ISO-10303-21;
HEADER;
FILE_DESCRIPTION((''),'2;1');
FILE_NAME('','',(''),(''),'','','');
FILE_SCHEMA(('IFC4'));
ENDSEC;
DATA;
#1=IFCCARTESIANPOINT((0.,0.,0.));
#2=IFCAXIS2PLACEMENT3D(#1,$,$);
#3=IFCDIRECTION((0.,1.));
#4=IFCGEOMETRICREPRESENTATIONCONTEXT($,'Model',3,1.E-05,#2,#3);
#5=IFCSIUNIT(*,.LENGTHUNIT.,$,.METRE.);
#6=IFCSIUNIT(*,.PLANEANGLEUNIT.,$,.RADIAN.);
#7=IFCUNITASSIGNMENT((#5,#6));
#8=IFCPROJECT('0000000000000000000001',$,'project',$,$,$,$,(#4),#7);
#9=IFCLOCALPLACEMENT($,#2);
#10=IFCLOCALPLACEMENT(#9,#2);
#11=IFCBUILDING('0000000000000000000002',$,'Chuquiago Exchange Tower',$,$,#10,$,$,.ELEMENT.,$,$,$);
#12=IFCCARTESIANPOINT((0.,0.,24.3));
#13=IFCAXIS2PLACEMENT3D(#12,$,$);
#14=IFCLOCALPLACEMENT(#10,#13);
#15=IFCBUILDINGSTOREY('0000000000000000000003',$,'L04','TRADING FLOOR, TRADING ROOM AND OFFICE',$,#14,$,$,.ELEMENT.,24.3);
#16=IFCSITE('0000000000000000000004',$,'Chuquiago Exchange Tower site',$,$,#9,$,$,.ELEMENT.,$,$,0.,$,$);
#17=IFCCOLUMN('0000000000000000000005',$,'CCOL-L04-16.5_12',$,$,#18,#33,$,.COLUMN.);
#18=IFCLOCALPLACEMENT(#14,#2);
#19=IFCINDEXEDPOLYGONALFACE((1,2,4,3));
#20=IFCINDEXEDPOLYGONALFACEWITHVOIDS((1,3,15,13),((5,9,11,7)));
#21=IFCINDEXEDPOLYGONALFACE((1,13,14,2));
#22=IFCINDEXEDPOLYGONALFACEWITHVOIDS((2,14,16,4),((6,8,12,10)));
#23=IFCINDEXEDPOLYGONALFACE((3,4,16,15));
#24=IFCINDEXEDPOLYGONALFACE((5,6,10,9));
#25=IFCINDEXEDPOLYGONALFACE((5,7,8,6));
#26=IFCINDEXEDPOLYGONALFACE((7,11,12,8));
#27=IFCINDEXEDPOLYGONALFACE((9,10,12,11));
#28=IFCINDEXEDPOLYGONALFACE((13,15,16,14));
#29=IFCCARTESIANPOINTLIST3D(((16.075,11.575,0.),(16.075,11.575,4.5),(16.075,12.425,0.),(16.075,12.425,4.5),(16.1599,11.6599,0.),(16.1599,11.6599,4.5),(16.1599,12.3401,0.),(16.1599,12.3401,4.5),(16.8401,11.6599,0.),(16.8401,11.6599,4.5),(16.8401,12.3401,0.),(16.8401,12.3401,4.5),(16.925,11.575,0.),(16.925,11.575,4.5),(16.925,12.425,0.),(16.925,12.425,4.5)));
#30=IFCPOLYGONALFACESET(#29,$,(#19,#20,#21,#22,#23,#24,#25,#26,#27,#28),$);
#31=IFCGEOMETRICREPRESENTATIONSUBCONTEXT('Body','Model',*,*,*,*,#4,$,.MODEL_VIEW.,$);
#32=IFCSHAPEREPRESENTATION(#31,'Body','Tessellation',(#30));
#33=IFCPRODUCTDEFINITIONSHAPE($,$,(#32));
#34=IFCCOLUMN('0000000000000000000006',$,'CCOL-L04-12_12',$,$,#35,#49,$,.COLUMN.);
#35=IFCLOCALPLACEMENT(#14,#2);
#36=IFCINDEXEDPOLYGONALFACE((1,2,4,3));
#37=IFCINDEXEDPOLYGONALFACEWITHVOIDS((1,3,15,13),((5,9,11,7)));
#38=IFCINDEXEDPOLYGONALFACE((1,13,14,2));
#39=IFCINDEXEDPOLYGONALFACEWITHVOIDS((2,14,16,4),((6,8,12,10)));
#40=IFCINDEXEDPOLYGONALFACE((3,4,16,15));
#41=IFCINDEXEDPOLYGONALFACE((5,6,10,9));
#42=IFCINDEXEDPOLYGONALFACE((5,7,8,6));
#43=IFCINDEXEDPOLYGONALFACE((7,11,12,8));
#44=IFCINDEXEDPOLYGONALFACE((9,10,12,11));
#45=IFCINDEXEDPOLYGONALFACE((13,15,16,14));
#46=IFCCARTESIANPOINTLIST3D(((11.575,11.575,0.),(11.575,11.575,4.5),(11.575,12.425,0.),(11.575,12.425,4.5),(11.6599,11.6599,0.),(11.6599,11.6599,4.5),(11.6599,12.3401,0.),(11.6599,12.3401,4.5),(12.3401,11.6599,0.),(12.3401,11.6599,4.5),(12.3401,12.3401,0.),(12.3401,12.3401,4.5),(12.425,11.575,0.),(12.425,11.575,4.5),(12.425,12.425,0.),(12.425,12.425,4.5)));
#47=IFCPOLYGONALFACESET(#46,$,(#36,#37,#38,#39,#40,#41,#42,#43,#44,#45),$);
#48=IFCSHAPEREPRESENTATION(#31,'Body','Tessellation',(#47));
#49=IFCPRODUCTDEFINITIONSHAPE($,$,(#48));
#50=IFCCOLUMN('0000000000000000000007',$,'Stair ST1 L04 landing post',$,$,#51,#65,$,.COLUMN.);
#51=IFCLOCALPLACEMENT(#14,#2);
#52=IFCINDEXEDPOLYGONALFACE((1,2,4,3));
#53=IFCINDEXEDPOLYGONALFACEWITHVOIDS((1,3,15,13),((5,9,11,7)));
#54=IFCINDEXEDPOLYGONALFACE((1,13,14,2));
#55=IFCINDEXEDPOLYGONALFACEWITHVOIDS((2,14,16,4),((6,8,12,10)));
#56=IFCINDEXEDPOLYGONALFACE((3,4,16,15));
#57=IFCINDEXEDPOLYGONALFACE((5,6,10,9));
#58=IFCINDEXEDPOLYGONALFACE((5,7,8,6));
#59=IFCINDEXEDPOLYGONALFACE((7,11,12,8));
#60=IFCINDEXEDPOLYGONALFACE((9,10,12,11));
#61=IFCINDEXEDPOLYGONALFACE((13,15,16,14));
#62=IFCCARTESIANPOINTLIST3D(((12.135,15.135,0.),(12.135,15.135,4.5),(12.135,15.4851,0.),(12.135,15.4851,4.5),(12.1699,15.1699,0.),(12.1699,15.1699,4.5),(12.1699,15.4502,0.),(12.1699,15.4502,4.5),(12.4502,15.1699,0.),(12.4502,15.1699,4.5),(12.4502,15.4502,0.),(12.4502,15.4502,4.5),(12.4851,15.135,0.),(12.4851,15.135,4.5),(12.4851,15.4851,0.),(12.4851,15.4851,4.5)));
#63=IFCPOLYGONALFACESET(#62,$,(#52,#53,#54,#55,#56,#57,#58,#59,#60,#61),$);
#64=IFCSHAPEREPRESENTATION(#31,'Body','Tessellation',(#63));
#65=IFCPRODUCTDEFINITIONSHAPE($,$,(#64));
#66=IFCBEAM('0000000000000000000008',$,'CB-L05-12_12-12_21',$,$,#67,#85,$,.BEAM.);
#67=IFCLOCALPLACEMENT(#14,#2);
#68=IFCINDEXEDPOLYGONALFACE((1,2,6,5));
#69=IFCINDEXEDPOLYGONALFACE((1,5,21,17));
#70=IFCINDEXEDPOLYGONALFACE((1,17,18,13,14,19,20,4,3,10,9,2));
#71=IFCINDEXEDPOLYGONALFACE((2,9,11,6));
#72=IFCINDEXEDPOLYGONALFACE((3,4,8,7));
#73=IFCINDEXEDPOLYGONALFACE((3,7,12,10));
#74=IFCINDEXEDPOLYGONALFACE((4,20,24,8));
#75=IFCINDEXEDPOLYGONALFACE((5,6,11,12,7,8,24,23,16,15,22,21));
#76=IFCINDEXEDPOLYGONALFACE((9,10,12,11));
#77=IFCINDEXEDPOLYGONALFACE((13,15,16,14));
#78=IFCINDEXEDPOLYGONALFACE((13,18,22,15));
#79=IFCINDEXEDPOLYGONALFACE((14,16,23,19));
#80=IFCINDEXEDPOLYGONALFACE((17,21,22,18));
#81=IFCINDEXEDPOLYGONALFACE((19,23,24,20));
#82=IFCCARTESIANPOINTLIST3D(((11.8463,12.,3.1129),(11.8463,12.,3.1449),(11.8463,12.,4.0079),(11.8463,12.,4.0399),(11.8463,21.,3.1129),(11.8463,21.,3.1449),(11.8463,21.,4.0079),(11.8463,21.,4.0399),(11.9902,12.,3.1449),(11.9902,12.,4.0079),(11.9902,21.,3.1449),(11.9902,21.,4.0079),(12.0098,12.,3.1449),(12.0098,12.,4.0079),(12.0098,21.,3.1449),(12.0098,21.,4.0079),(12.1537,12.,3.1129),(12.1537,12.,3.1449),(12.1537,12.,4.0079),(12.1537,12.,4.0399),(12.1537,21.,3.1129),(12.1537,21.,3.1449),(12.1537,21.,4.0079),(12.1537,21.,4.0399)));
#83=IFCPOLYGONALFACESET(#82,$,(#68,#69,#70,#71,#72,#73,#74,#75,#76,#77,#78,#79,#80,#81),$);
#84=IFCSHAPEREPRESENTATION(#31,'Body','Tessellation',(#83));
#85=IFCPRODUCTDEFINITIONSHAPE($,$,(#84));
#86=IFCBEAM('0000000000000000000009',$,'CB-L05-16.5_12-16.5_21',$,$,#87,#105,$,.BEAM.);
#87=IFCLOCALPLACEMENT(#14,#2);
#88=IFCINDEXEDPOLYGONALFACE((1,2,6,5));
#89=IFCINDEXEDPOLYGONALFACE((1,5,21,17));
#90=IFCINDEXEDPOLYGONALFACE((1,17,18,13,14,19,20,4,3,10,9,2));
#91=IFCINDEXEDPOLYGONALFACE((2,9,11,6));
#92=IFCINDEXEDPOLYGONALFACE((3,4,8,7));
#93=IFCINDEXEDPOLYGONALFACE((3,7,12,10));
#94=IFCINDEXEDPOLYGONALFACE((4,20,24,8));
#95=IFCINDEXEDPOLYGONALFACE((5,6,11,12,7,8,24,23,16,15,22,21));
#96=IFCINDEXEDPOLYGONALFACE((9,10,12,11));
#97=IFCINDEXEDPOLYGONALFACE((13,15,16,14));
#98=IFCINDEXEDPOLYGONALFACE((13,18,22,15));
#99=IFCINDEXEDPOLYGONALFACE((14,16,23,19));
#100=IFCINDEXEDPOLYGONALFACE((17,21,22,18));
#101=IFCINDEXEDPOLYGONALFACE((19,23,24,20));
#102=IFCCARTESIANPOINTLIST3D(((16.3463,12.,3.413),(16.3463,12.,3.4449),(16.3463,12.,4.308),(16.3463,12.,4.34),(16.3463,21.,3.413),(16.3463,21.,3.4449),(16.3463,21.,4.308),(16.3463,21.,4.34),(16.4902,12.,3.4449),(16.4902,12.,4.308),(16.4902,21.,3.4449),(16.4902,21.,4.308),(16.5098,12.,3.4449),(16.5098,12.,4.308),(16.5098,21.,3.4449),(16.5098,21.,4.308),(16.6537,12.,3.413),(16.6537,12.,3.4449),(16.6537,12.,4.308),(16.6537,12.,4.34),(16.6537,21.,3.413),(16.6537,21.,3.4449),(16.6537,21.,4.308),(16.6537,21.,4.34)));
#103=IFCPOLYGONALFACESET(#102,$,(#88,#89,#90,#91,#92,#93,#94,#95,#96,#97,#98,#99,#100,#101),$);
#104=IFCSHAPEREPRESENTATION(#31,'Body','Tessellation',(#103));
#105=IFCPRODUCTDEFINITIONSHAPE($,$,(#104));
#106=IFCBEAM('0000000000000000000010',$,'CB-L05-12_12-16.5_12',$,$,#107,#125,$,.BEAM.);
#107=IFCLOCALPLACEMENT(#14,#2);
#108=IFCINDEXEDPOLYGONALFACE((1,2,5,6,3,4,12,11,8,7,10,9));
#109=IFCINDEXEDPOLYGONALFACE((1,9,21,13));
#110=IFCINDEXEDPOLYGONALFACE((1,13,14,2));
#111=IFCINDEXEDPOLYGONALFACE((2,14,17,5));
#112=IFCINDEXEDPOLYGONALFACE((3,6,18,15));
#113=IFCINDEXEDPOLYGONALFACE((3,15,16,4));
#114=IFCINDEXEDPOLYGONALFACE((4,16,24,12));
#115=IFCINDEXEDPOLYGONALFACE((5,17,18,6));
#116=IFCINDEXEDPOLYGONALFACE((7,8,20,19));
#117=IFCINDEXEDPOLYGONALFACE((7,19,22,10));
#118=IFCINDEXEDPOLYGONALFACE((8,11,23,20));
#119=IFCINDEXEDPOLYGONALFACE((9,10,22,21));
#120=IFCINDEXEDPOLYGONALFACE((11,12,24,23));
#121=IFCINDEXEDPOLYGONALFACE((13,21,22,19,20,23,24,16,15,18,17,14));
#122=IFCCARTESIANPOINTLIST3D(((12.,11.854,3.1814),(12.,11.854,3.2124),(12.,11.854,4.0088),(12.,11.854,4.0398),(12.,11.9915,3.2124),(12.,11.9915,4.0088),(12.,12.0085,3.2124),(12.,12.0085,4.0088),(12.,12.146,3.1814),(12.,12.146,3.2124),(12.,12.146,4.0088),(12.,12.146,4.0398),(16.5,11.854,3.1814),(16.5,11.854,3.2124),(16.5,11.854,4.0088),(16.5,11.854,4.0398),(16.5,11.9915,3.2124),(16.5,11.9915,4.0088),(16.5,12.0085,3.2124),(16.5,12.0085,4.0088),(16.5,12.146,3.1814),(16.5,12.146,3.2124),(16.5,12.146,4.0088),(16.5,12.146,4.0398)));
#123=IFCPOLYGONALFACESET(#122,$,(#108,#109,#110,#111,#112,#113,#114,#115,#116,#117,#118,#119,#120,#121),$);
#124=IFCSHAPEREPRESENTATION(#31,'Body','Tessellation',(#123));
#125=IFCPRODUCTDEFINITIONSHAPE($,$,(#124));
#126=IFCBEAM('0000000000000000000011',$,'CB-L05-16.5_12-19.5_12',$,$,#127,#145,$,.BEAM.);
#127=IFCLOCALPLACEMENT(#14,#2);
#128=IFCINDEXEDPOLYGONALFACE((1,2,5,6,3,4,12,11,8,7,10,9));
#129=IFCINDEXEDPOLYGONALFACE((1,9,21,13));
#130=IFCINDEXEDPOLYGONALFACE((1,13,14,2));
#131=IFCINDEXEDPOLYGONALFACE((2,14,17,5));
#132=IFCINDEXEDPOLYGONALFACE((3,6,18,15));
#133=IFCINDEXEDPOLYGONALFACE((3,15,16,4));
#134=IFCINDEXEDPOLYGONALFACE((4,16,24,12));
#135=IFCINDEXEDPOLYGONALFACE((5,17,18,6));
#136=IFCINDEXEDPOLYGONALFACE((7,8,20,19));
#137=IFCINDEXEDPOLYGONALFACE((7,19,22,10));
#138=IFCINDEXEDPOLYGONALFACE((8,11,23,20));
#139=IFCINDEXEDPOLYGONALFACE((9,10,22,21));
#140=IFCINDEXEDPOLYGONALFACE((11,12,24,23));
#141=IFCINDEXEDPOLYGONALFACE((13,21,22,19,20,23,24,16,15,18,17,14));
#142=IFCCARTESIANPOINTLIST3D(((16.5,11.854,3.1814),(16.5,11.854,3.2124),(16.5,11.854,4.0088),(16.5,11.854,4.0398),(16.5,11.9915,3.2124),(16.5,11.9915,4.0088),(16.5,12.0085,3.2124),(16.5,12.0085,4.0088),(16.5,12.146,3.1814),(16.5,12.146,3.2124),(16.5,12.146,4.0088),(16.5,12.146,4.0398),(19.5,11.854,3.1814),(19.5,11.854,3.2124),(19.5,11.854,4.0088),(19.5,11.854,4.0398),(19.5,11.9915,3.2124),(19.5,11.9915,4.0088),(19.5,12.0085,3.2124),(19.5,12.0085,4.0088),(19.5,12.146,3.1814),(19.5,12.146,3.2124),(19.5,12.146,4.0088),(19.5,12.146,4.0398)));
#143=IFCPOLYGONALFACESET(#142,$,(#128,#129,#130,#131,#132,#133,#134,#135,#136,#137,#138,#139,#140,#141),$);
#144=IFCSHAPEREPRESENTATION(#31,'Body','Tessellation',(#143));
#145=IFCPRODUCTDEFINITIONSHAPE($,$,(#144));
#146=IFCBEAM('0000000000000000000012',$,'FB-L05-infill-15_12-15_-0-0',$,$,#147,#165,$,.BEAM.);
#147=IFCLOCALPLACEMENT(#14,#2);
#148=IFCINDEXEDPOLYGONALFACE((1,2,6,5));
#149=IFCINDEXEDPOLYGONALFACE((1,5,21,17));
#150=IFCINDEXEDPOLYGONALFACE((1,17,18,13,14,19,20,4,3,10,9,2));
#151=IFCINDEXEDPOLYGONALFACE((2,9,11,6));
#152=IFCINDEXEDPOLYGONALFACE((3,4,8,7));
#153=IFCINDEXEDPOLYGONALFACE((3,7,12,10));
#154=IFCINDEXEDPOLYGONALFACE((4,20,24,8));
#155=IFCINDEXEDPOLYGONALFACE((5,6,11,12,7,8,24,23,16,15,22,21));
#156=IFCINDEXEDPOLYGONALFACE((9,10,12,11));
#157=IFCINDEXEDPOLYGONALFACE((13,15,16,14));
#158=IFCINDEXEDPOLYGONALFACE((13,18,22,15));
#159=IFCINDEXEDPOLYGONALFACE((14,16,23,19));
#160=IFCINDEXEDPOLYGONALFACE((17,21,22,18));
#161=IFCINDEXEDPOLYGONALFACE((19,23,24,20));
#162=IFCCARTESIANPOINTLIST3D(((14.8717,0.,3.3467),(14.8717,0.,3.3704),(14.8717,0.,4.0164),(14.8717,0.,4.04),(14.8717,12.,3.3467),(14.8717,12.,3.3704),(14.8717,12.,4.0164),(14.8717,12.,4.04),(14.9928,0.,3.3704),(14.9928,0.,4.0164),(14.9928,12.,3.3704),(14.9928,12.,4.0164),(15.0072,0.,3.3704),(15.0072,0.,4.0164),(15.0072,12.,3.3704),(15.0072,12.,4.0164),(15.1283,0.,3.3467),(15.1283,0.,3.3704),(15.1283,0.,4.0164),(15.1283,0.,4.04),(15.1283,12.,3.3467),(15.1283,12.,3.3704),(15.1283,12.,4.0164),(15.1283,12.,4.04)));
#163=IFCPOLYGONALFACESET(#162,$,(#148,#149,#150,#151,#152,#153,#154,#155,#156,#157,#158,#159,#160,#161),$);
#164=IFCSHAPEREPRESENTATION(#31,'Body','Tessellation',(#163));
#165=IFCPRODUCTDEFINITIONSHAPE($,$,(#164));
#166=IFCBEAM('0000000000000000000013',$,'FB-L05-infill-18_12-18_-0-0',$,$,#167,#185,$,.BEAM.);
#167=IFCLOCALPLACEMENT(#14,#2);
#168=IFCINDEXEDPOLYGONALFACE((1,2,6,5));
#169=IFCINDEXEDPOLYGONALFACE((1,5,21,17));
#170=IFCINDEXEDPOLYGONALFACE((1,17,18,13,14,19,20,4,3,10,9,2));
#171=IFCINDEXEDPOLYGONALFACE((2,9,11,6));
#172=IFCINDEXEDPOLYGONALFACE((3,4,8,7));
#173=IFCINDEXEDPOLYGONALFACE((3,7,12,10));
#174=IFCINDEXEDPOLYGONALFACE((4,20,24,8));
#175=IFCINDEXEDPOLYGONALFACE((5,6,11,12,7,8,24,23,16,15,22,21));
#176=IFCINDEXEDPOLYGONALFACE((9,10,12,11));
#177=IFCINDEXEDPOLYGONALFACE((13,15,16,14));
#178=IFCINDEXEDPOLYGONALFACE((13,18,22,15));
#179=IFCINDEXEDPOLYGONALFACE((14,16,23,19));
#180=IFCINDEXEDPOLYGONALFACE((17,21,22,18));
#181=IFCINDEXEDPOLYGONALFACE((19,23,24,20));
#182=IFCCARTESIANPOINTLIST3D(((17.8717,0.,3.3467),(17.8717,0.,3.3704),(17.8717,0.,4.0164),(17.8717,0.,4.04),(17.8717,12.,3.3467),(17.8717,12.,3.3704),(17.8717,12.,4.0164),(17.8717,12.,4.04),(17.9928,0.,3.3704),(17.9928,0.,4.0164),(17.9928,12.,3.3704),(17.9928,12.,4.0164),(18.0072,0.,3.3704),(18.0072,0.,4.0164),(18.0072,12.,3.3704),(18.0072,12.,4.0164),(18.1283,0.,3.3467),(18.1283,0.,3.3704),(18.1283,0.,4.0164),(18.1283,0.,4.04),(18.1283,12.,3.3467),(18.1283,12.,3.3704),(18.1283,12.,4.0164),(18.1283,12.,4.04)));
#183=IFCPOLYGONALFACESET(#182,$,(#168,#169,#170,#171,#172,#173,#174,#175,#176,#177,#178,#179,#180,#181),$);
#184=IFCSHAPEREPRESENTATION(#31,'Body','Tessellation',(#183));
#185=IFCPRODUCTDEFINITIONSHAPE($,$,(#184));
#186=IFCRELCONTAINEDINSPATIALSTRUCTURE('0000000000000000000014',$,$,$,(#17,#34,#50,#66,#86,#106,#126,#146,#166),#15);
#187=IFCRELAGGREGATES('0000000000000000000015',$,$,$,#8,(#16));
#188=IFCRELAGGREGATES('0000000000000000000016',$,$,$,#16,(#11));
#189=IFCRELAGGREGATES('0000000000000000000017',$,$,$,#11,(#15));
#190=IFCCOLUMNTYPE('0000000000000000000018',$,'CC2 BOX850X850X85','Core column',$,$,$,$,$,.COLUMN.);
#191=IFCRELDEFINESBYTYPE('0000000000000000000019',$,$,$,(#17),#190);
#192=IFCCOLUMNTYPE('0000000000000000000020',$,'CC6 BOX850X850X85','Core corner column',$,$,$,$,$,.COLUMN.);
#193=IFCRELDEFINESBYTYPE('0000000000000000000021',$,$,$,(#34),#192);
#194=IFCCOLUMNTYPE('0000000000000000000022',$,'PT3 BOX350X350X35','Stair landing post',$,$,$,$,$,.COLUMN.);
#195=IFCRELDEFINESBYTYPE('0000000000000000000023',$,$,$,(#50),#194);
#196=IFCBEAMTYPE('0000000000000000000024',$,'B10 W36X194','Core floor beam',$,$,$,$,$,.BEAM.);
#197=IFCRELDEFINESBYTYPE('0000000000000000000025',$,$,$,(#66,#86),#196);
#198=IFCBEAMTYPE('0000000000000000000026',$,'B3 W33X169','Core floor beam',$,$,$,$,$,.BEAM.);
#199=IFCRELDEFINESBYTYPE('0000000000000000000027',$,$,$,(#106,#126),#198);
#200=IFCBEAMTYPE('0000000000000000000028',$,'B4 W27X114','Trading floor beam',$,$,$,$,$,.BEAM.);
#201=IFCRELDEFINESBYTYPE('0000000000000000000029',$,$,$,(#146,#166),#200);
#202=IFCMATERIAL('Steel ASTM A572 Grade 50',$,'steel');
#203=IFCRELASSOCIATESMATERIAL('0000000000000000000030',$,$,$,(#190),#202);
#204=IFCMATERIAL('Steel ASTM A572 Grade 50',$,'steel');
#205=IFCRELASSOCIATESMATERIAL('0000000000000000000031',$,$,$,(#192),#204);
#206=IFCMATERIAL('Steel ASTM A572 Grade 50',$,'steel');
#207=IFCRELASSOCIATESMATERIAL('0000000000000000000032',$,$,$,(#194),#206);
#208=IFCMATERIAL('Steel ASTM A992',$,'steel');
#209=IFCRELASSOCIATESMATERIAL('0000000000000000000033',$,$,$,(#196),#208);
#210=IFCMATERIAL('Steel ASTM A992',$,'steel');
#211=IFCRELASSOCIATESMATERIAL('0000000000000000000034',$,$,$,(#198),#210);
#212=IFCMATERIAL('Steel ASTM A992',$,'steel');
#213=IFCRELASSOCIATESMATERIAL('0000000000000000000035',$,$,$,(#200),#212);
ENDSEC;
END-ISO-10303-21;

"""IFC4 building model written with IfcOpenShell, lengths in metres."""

from ifc_helpers import new_model, si_unit, direction, frame, origin, origin_2d, place, context, subcontext, project, spatial, hollow_rectangle, i_section, extrude, material, material_profile, profile_set, type_object, element, save


model = new_model("IFC4")

# Units and contexts
model_context = context("Model", 3, precision=1e-05, world=origin(), true_north=direction((0.0, 1.0)))
body_context = subcontext(model_context, "Body", "Model", "MODEL_VIEW")
ifc_project = project(units=[si_unit("LENGTHUNIT", "METRE"), si_unit("PLANEANGLEUNIT", "RADIAN")], contexts=[model_context])

# Site, building, storey
site_placement = place(None, origin())
site = spatial("IfcSite", under=ifc_project, at=site_placement, Name="Chuquiago Exchange Tower site", CompositionType="ELEMENT", RefElevation=0.0)
building_placement = place(site_placement, origin())
building = spatial("IfcBuilding", under=site, at=building_placement, Name="Chuquiago Exchange Tower", CompositionType="ELEMENT")
storey_placement = place(building_placement, frame((0.0, 0.0, 24.3)))
storey = spatial("IfcBuildingStorey", under=building, at=storey_placement, Name="L04", Description="TRADING FLOOR, TRADING ROOM AND OFFICE", CompositionType="ELEMENT", Elevation=24.3)

# Columns
ifc_material_1 = material(Name="Steel ASTM A572 Grade 50", Category="steel")
ifc_material_profile_1 = material_profile(ifc_material_1, hollow_rectangle(XDim=0.8501, YDim=0.8501, WallThickness=0.085, at=origin_2d()), Name="BOX850X850X85")
ifc_profile_set_1 = profile_set([ifc_material_profile_1], Name="Steel ASTM A572 Grade 50")
column_type_1 = type_object("IfcColumnType", Name="CC2 BOX850X850X85", Description="Core column", PredefinedType="COLUMN", material=ifc_profile_set_1)
column_1_placement = place(storey_placement, frame((16.5, 12.0, 0.0), z_axis=(0.0, 0.0, 1.0), x_axis=(1.0, 0.0, 0.0)))
element("IfcColumn", 1, at=column_1_placement, inside=storey, type_object=column_type_1, Name="CCOL-L04-16.5_12", PredefinedType="COLUMN", context=body_context, shape_type="SweptSolid", body=[
    extrude(hollow_rectangle(XDim=0.8501, YDim=0.8501, WallThickness=0.085, at=origin_2d()), origin(), (0.0, 0.0, 1.0), 4.5),
])
ifc_material_2 = material(Name="Steel ASTM A572 Grade 50", Category="steel")
ifc_material_profile_2 = material_profile(ifc_material_2, hollow_rectangle(XDim=0.8501, YDim=0.8501, WallThickness=0.085, at=origin_2d()), Name="BOX850X850X85")
ifc_profile_set_2 = profile_set([ifc_material_profile_2], Name="Steel ASTM A572 Grade 50")
column_type_2 = type_object("IfcColumnType", Name="CC6 BOX850X850X85", Description="Core corner column", PredefinedType="COLUMN", material=ifc_profile_set_2)
column_2_placement = place(storey_placement, frame((12.0, 12.0, 0.0), z_axis=(0.0, 0.0, 1.0), x_axis=(1.0, 0.0, 0.0)))
element("IfcColumn", 2, at=column_2_placement, inside=storey, type_object=column_type_2, Name="CCOL-L04-12_12", PredefinedType="COLUMN", context=body_context, shape_type="SweptSolid", body=[
    extrude(hollow_rectangle(XDim=0.8501, YDim=0.8501, WallThickness=0.085, at=origin_2d()), origin(), (0.0, 0.0, 1.0), 4.5),
])
ifc_material_3 = material(Name="Steel ASTM A572 Grade 50", Category="steel")
ifc_material_profile_3 = material_profile(ifc_material_3, hollow_rectangle(XDim=0.3501, YDim=0.3501, WallThickness=0.0349, at=origin_2d()), Name="BOX350X350X35")
ifc_profile_set_3 = profile_set([ifc_material_profile_3], Name="Steel ASTM A572 Grade 50")
column_type_3 = type_object("IfcColumnType", Name="PT3 BOX350X350X35", Description="Stair landing post", PredefinedType="COLUMN", material=ifc_profile_set_3)
column_3_placement = place(storey_placement, frame((12.3101, 15.3101, 0.0), z_axis=(0.0, 0.0, 1.0), x_axis=(1.0, 0.0, 0.0)))
element("IfcColumn", 3, at=column_3_placement, inside=storey, type_object=column_type_3, Name="Stair ST1 L04 landing post", PredefinedType="COLUMN", context=body_context, shape_type="SweptSolid", body=[
    extrude(hollow_rectangle(XDim=0.3501, YDim=0.3501, WallThickness=0.0349, at=origin_2d()), origin(), (0.0, 0.0, 1.0), 4.5),
])

# Beams
ifc_material_4 = material(Name="Steel ASTM A992", Category="steel")
ifc_material_profile_4 = material_profile(ifc_material_4, i_section(OverallWidth=0.3074, OverallDepth=0.927, WebThickness=0.0195, FlangeThickness=0.032, at=origin_2d()), Name="W36X194")
ifc_profile_set_4 = profile_set([ifc_material_profile_4], Name="Steel ASTM A992")
beam_type_1 = type_object("IfcBeamType", Name="B10 W36X194", Description="Core floor beam", PredefinedType="BEAM", material=ifc_profile_set_4)
for number, where, z_axis, x_axis, name in (
    (4, (12.0, 12.0, 3.5764), (0.0, 1.0, 0.0), (-1.0, 0.0, 0.0), "CB-L05-12_12-12_21"),
    (5, (16.5, 12.0, 3.8765), (0.0, 1.0, 0.0), (-1.0, 0.0, 0.0), "CB-L05-16.5_12-16.5_21"),
):
    element("IfcBeam", number, at=place(storey_placement, frame(where, z_axis=z_axis, x_axis=x_axis)), inside=storey, type_object=beam_type_1, Name=name, PredefinedType="BEAM", context=body_context, shape_type="SweptSolid", body=[
        extrude(i_section(OverallWidth=0.3074, OverallDepth=0.927, WebThickness=0.0195, FlangeThickness=0.032, at=origin_2d()), origin(), (0.0, 0.0, 1.0), 9.0),
    ])
ifc_material_5 = material(Name="Steel ASTM A992", Category="steel")
ifc_material_profile_5 = material_profile(ifc_material_5, i_section(OverallWidth=0.292, OverallDepth=0.8584, WebThickness=0.0171, FlangeThickness=0.031, at=origin_2d()), Name="W33X169")
ifc_profile_set_5 = profile_set([ifc_material_profile_5], Name="Steel ASTM A992")
beam_type_2 = type_object("IfcBeamType", Name="B3 W33X169", Description="Core floor beam", PredefinedType="BEAM", material=ifc_profile_set_5)
beam_1_placement = place(storey_placement, frame((12.0, 12.0, 3.6106), z_axis=(1.0, 0.0, 0.0), x_axis=(0.0, 1.0, 0.0)))
element("IfcBeam", 6, at=beam_1_placement, inside=storey, type_object=beam_type_2, Name="CB-L05-12_12-16.5_12", PredefinedType="BEAM", context=body_context, shape_type="SweptSolid", body=[
    extrude(i_section(OverallWidth=0.292, OverallDepth=0.8584, WebThickness=0.0171, FlangeThickness=0.031, at=origin_2d()), origin(), (0.0, 0.0, 1.0), 4.5),
])
beam_2_placement = place(storey_placement, frame((16.5, 12.0, 3.6106), z_axis=(1.0, 0.0, 0.0), x_axis=(0.0, 1.0, 0.0)))
element("IfcBeam", 7, at=beam_2_placement, inside=storey, type_object=beam_type_2, Name="CB-L05-16.5_12-19.5_12", PredefinedType="BEAM", context=body_context, shape_type="SweptSolid", body=[
    extrude(i_section(OverallWidth=0.292, OverallDepth=0.8584, WebThickness=0.0171, FlangeThickness=0.031, at=origin_2d()), origin(), (0.0, 0.0, 1.0), 3.0),
])
ifc_material_6 = material(Name="Steel ASTM A992", Category="steel")
ifc_material_profile_6 = material_profile(ifc_material_6, i_section(OverallWidth=0.2566, OverallDepth=0.6934, WebThickness=0.0144, FlangeThickness=0.0237, at=origin_2d()), Name="W27X114")
ifc_profile_set_6 = profile_set([ifc_material_profile_6], Name="Steel ASTM A992")
beam_type_3 = type_object("IfcBeamType", Name="B4 W27X114", Description="Trading floor beam", PredefinedType="BEAM", material=ifc_profile_set_6)
for number, where, z_axis, x_axis, name in (
    (8, (15.0, 12.0, 3.6934), (0.0, -1.0, 0.0), (1.0, 0.0, 0.0), "FB-L05-infill-15_12-15_-0-0"),
    (9, (18.0, 12.0, 3.6934), (0.0, -1.0, 0.0), (1.0, 0.0, 0.0), "FB-L05-infill-18_12-18_-0-0"),
):
    element("IfcBeam", number, at=place(storey_placement, frame(where, z_axis=z_axis, x_axis=x_axis)), inside=storey, type_object=beam_type_3, Name=name, PredefinedType="BEAM", context=body_context, shape_type="SweptSolid", body=[
        extrude(i_section(OverallWidth=0.2566, OverallDepth=0.6934, WebThickness=0.0144, FlangeThickness=0.0237, at=origin_2d()), origin(), (0.0, 0.0, 1.0), 12.0),
    ])

save(model, "model.ifc")
